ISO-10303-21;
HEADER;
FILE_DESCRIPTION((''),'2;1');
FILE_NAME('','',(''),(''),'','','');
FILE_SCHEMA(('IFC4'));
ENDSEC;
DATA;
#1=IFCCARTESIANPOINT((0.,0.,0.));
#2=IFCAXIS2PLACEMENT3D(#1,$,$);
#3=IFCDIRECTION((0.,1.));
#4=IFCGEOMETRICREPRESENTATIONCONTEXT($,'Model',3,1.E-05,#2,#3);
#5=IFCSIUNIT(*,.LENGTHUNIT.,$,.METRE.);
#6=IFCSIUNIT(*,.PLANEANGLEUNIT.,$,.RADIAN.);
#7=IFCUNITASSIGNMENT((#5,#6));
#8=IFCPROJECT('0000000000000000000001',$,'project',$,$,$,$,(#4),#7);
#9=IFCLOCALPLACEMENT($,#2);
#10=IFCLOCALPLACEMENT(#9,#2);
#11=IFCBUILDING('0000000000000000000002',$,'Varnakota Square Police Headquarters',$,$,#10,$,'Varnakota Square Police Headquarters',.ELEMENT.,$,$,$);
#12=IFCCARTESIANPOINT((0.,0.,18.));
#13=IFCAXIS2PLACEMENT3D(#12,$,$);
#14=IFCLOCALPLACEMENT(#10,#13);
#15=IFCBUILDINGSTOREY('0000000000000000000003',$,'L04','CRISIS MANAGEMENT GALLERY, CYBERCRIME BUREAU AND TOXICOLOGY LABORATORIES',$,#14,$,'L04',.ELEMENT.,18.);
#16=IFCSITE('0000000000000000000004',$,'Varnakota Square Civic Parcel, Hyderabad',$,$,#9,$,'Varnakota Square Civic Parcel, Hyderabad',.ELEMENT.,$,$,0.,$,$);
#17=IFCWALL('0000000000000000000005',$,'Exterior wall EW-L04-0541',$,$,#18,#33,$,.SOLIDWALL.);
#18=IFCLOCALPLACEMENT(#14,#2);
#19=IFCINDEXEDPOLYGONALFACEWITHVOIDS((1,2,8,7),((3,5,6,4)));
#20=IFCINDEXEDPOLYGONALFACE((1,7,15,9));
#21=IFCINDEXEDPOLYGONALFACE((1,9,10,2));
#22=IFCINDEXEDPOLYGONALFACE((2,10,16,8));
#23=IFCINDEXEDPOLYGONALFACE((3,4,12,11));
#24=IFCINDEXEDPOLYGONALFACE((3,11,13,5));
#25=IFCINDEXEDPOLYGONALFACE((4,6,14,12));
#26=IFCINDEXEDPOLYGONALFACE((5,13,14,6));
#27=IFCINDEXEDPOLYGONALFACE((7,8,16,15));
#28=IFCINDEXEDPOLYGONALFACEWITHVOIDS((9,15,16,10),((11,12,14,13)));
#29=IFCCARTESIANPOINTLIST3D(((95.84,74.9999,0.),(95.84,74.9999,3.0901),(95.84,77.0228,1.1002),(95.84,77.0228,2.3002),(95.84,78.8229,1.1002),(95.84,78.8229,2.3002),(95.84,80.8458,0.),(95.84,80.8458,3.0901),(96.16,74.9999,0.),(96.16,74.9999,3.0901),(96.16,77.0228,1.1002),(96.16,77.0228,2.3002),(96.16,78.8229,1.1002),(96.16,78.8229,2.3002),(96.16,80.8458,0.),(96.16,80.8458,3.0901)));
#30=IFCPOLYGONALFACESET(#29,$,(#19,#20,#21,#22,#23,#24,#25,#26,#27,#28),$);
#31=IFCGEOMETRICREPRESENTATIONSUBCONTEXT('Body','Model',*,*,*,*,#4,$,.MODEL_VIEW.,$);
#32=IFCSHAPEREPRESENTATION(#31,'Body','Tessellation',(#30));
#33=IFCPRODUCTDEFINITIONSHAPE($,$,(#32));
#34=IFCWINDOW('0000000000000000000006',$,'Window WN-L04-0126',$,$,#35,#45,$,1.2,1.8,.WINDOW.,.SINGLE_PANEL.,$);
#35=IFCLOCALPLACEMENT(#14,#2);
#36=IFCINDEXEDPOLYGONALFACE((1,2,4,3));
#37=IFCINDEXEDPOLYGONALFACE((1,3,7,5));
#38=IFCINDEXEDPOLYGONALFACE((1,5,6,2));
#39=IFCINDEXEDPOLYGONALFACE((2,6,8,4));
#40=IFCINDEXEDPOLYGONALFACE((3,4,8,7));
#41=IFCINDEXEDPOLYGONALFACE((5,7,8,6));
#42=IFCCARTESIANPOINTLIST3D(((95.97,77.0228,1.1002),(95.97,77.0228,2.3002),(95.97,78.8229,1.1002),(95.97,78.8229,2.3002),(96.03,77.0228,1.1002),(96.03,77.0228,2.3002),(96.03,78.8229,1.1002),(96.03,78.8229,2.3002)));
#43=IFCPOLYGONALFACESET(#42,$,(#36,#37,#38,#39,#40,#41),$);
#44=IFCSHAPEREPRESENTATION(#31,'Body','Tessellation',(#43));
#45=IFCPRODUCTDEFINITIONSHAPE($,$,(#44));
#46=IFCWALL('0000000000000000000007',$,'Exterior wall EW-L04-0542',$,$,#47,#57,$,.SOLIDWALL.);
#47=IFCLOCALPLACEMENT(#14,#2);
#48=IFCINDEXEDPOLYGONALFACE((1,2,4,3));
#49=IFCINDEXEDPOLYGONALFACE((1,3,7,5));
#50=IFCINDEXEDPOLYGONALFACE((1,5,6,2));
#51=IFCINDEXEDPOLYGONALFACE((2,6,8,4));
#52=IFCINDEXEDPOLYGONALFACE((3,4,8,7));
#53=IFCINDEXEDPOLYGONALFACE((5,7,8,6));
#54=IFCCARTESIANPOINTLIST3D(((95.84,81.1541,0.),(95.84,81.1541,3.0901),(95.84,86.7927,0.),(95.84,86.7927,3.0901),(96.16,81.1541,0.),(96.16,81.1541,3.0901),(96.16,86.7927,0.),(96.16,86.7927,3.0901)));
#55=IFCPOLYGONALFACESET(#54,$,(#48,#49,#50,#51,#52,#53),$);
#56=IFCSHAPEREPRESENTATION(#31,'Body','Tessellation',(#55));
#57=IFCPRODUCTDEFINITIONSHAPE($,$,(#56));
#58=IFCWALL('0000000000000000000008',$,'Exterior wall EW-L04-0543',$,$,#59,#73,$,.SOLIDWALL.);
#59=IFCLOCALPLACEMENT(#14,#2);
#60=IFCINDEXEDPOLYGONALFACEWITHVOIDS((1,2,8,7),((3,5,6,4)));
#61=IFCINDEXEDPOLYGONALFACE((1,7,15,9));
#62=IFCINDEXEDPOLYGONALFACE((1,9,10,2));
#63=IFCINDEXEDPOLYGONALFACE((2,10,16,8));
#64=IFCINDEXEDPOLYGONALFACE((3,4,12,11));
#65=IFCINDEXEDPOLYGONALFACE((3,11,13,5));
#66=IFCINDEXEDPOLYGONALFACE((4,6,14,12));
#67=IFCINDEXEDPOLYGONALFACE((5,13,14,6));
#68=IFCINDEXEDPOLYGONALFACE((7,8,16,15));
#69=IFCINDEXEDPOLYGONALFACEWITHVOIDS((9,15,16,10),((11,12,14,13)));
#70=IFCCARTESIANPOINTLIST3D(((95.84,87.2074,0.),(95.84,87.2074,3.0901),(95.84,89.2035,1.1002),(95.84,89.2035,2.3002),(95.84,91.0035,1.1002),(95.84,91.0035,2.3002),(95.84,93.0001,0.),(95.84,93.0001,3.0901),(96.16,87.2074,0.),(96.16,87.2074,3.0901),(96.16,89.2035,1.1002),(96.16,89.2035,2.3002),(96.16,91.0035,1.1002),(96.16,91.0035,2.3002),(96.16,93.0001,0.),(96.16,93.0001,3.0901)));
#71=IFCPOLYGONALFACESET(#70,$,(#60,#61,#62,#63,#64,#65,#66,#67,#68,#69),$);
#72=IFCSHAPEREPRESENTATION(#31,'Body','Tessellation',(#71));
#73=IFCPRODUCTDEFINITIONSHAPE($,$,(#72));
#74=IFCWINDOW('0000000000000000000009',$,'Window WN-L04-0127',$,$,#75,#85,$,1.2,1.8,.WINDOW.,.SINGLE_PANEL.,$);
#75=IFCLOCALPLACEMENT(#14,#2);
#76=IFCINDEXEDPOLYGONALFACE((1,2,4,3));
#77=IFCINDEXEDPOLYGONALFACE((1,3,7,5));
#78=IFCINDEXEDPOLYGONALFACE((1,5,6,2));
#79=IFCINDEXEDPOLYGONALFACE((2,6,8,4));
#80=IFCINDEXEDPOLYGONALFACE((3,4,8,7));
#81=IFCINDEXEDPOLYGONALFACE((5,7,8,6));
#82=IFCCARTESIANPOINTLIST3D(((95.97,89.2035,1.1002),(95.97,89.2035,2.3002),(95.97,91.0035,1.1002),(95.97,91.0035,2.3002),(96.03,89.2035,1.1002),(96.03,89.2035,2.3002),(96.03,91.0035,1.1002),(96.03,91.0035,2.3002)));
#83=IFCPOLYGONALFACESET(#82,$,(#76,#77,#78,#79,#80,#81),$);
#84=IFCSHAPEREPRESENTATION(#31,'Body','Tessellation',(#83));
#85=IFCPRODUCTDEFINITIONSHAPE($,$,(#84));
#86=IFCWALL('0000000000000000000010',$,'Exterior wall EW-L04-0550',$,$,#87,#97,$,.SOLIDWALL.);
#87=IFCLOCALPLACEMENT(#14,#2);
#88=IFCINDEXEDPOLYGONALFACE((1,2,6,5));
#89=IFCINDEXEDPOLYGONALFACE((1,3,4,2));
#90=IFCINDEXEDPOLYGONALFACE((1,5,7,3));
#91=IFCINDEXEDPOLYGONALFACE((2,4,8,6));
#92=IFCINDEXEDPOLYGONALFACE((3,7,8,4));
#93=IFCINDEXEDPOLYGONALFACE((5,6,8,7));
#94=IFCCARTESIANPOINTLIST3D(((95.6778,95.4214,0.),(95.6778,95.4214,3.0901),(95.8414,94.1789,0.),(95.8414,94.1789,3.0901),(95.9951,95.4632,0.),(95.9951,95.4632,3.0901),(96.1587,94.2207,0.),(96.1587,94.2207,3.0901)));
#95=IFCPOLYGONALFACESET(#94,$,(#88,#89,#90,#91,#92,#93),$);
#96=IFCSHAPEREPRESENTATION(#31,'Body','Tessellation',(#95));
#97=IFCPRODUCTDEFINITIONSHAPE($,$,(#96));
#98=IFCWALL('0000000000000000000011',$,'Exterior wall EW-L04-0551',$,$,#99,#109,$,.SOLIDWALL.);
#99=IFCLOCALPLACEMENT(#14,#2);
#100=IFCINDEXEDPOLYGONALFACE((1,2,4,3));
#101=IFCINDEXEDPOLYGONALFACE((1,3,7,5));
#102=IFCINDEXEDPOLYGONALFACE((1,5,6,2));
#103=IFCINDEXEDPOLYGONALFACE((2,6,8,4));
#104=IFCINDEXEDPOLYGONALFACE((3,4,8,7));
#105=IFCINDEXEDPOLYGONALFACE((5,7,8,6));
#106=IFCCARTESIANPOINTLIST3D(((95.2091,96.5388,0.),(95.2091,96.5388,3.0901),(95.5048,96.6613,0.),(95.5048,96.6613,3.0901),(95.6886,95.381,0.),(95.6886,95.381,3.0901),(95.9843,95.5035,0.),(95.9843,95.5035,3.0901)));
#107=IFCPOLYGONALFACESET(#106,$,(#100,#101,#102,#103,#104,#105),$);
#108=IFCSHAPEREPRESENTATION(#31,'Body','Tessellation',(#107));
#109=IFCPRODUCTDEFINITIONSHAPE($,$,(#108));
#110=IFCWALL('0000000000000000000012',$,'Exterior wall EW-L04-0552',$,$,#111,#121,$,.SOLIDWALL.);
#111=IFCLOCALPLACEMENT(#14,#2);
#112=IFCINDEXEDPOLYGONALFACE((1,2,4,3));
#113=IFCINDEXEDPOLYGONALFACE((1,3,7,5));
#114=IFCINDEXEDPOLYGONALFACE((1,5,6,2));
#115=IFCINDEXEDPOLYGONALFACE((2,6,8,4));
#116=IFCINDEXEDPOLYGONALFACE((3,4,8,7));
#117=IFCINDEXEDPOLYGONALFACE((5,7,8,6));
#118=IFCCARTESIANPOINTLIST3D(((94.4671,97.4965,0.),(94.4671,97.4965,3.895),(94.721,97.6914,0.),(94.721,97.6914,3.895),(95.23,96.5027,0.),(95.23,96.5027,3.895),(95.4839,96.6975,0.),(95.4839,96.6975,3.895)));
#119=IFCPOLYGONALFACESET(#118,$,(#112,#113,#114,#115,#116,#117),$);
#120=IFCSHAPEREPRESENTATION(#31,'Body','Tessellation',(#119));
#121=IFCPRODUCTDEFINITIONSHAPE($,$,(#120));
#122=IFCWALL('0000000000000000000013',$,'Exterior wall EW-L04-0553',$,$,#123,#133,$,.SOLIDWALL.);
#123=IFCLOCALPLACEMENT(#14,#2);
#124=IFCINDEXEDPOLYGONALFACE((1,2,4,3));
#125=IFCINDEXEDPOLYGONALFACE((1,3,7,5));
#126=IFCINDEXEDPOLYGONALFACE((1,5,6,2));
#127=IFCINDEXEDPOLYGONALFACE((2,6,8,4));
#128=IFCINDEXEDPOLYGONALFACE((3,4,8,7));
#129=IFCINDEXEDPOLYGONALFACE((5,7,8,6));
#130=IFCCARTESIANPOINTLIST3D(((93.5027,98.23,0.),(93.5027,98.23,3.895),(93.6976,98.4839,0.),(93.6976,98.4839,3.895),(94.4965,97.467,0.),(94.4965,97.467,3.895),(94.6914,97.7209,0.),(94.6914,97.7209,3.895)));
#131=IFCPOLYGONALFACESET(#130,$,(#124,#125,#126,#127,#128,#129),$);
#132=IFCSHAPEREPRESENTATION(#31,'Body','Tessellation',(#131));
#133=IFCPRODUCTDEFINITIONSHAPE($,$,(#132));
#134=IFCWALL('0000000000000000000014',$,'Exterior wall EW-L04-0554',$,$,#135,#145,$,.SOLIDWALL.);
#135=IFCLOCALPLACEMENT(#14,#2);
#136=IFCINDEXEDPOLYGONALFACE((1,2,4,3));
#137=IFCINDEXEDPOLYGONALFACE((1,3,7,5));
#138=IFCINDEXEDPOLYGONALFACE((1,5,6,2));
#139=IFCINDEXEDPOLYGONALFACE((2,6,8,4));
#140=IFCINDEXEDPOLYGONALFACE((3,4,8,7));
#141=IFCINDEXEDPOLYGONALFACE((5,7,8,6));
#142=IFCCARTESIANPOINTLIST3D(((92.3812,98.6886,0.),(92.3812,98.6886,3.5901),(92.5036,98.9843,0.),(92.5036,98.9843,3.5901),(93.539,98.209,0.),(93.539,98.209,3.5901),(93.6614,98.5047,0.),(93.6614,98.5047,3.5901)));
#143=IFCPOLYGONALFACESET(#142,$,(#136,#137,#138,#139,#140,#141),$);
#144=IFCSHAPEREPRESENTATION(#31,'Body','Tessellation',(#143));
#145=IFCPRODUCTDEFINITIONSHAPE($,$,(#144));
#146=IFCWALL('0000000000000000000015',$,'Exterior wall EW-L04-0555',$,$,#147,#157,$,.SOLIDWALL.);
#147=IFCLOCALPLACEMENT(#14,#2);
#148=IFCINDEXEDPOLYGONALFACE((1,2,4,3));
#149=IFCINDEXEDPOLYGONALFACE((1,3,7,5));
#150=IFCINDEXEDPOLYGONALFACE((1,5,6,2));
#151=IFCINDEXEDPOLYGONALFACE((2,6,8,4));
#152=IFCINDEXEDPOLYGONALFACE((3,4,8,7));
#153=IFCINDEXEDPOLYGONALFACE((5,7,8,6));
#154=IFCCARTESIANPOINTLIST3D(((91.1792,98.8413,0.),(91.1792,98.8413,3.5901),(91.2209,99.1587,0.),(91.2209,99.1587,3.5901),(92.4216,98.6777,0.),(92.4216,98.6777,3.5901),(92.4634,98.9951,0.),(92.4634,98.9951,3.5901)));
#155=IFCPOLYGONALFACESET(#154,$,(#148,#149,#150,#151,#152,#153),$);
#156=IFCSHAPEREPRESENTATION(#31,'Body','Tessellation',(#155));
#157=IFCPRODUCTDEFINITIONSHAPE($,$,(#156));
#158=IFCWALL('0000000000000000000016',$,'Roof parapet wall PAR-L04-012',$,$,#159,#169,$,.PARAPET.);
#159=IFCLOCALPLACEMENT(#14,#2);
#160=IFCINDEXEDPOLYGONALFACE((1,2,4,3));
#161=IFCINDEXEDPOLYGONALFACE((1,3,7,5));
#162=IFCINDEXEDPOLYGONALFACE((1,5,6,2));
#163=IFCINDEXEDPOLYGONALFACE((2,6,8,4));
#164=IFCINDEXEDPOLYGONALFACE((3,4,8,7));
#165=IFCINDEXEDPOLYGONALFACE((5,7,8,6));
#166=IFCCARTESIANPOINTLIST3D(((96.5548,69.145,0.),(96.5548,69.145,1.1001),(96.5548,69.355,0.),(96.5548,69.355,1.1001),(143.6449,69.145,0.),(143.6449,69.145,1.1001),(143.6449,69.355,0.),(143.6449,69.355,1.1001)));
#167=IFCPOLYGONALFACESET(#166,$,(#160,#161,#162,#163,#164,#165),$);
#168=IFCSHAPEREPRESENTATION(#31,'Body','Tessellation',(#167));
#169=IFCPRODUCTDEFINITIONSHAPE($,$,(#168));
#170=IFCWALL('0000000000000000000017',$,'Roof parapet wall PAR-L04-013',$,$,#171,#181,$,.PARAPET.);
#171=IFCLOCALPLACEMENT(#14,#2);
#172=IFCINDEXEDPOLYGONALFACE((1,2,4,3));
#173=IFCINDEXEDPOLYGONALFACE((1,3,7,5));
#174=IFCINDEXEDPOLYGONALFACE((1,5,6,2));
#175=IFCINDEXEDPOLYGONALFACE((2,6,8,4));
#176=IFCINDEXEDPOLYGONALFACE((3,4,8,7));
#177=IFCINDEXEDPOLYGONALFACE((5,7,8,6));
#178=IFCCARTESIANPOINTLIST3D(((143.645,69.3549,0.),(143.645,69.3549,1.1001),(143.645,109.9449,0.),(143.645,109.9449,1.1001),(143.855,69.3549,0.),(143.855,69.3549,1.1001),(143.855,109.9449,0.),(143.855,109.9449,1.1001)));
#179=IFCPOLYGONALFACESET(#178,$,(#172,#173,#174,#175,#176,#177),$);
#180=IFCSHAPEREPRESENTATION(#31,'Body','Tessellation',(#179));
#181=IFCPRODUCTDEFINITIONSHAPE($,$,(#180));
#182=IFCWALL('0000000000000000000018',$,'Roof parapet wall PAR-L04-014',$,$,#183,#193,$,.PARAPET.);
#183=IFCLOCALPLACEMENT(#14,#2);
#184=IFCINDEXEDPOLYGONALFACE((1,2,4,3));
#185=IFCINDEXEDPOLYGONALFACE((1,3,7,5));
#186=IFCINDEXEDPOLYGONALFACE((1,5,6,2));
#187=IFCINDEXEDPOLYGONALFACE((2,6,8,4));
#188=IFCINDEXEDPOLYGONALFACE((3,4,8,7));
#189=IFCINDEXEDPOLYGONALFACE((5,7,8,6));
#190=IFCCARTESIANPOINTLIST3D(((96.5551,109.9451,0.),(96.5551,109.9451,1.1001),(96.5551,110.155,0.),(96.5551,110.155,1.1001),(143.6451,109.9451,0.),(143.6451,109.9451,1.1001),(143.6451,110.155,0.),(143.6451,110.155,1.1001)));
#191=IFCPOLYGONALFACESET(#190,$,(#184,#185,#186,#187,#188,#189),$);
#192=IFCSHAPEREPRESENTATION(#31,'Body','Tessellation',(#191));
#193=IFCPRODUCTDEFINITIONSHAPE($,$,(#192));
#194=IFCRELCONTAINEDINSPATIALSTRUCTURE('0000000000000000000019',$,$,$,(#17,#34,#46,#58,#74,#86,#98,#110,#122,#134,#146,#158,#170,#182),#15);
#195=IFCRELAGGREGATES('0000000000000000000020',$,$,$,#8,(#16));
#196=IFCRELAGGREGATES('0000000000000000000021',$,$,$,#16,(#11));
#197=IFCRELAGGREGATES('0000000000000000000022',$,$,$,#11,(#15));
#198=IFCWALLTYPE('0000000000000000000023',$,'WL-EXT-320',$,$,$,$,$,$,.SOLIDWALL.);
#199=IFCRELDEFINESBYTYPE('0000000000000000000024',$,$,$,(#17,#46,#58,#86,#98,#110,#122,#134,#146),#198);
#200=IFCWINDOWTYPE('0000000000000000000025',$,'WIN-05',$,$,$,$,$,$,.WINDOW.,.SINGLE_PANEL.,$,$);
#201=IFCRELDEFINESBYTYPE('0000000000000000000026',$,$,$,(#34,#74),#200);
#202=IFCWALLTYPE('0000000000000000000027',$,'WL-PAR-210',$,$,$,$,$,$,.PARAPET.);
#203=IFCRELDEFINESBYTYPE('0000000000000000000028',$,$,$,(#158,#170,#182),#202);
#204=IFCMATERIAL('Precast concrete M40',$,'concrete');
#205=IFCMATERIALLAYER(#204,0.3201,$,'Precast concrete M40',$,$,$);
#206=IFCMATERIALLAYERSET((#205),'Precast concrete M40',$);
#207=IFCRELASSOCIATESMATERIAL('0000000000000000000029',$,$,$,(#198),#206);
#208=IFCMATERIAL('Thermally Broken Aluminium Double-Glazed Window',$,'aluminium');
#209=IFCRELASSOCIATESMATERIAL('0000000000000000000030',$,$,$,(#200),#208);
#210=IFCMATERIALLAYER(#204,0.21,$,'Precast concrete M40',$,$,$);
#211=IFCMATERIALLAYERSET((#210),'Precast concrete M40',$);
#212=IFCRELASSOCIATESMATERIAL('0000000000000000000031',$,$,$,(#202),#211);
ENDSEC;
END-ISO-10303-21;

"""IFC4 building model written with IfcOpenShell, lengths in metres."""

from ifc_helpers import new_model, si_unit, direction, frame, frame_2d, origin, place, context, subcontext, project, spatial, rectangle, extrude, material, layer, layer_set, type_object, element, fill, save


model = new_model("IFC4")

# Units and contexts
model_context = context("Model", 3, precision=1e-05, world=origin(), true_north=direction((0.0, 1.0)))
body_context = subcontext(model_context, "Body", "Model", "MODEL_VIEW")
ifc_project = project(units=[si_unit("LENGTHUNIT", "METRE"), si_unit("PLANEANGLEUNIT", "RADIAN")], contexts=[model_context])

# Site, building, storey
site_placement = place(None, origin())
site = spatial("IfcSite", under=ifc_project, at=site_placement, Name="Varnakota Square Civic Parcel, Hyderabad", LongName="Varnakota Square Civic Parcel, Hyderabad", CompositionType="ELEMENT", RefElevation=0.0)
building_placement = place(site_placement, origin())
building = spatial("IfcBuilding", under=site, at=building_placement, Name="Varnakota Square Police Headquarters", LongName="Varnakota Square Police Headquarters", CompositionType="ELEMENT")
storey_placement = place(building_placement, frame((0.0, 0.0, 18.0)))
storey = spatial("IfcBuildingStorey", under=building, at=storey_placement, Name="L04", Description="CRISIS MANAGEMENT GALLERY, CYBERCRIME BUREAU AND TOXICOLOGY LABORATORIES", LongName="L04", CompositionType="ELEMENT", Elevation=18.0)

# Wall, opening, window
ifc_material_1 = material(Name="Precast concrete M40", Category="concrete")
ifc_layer_1 = layer(ifc_material_1, 0.3201, Name="Precast concrete M40")
ifc_layer_set_1 = layer_set([ifc_layer_1], Name="Precast concrete M40")
wall_type_1 = type_object("IfcWallType", Name="WL-EXT-320", PredefinedType="SOLIDWALL", material=ifc_layer_set_1)
ifc_material_2 = material(Name="Thermally Broken Aluminium Double-Glazed Window", Category="aluminium")
window_type = type_object("IfcWindowType", Name="WIN-05", PartitioningType="SINGLE_PANEL", PredefinedType="WINDOW", material=ifc_material_2)
wall_1_placement = place(storey_placement, frame((96.0, 75.0, 0.0), z_axis=(0.0, 0.0, 1.0), x_axis=(0.0, 1.0, 0.0)))
wall_1 = element("IfcWall", 1, at=wall_1_placement, inside=storey, type_object=wall_type_1, Name="Exterior wall EW-L04-0541", PredefinedType="SOLIDWALL", context=body_context, shape_type="SweptSolid", body=[
    extrude(rectangle(XDim=5.8459, YDim=0.3201, at=frame_2d((2.9229, 0.0))), origin(), (0.0, 0.0, 1.0), 3.0901),
])
opening_1_placement = place(wall_1_placement, frame((2.0229, 0.0, 1.1001)))
opening_1 = element("IfcOpeningElement", 2, at=opening_1_placement, cuts=wall_1, PredefinedType="OPENING", context=body_context, shape_type="SweptSolid", body=[
    extrude(rectangle(XDim=1.8, YDim=1.2, at=frame_2d((0.8999, 0.6001))), frame((0.0, 0.1699, 0.0), z_axis=(0.0, -1.0, 0.0), x_axis=(1.0, 0.0, 0.0)), (0.0, 0.0, 1.0), 0.3401),
])
window_1_placement = place(opening_1_placement, origin())
window_1 = element("IfcWindow", 3, at=window_1_placement, inside=storey, type_object=window_type, Name="Window WN-L04-0126", OverallHeight=1.2, OverallWidth=1.8, PartitioningType="SINGLE_PANEL", PredefinedType="WINDOW", context=body_context, shape_type="SweptSolid", body=[
    extrude(rectangle(XDim=1.8, YDim=1.2, at=frame_2d((0.8999, 0.6001))), frame((0.0, 0.03, 0.0), z_axis=(0.0, -1.0, 0.0), x_axis=(1.0, 0.0, 0.0)), (0.0, 0.0, 1.0), 0.0601),
])
fill(opening_1, window_1)

# Wall
wall_2_placement = place(storey_placement, frame((96.0, 81.1541, 0.0), z_axis=(0.0, 0.0, 1.0), x_axis=(0.0, 1.0, 0.0)))
element("IfcWall", 4, at=wall_2_placement, inside=storey, type_object=wall_type_1, Name="Exterior wall EW-L04-0542", PredefinedType="SOLIDWALL", context=body_context, shape_type="SweptSolid", body=[
    extrude(rectangle(XDim=5.6387, YDim=0.3201, at=frame_2d((2.8193, 0.0))), origin(), (0.0, 0.0, 1.0), 3.0901),
])

# Wall, opening, window
wall_3_placement = place(storey_placement, frame((96.0, 87.2073, 0.0), z_axis=(0.0, 0.0, 1.0), x_axis=(0.0, 1.0, 0.0)))
wall_3 = element("IfcWall", 5, at=wall_3_placement, inside=storey, type_object=wall_type_1, Name="Exterior wall EW-L04-0543", PredefinedType="SOLIDWALL", context=body_context, shape_type="SweptSolid", body=[
    extrude(rectangle(XDim=5.7927, YDim=0.3201, at=frame_2d((2.8965, 0.0))), origin(), (0.0, 0.0, 1.0), 3.0901),
])
opening_2_placement = place(wall_3_placement, frame((1.9963, 0.0, 1.1001)))
opening_2 = element("IfcOpeningElement", 6, at=opening_2_placement, cuts=wall_3, PredefinedType="OPENING", context=body_context, shape_type="SweptSolid", body=[
    extrude(rectangle(XDim=1.8, YDim=1.2, at=frame_2d((0.8999, 0.6001))), frame((0.0, 0.1699, 0.0), z_axis=(0.0, -1.0, 0.0), x_axis=(1.0, 0.0, 0.0)), (0.0, 0.0, 1.0), 0.3401),
])
window_2_placement = place(opening_2_placement, origin())
window_2 = element("IfcWindow", 7, at=window_2_placement, inside=storey, type_object=window_type, Name="Window WN-L04-0127", OverallHeight=1.2, OverallWidth=1.8, PartitioningType="SINGLE_PANEL", PredefinedType="WINDOW", context=body_context, shape_type="SweptSolid", body=[
    extrude(rectangle(XDim=1.8, YDim=1.2, at=frame_2d((0.8999, 0.6001))), frame((0.0, 0.03, 0.0), z_axis=(0.0, -1.0, 0.0), x_axis=(1.0, 0.0, 0.0)), (0.0, 0.0, 1.0), 0.0601),
])
fill(opening_2, window_2)

# Walls
for number, where, z_axis, x_axis, name in (
    (8, (96.0, 94.2, 0.0), (0.0, 0.0, 1.0), (-0.13053, 0.991444, 0.0), "Exterior wall EW-L04-0550"),
    (9, (95.8364, 95.4424, 0.0), (0.0, 0.0, 1.0), (-0.38265, 0.923893, 0.0), "Exterior wall EW-L04-0551"),
):
    element("IfcWall", number, at=place(storey_placement, frame(where, z_axis=z_axis, x_axis=x_axis)), inside=storey, type_object=wall_type_1, Name=name, PredefinedType="SOLIDWALL", context=body_context, shape_type="SweptSolid", body=[
        extrude(rectangle(XDim=1.2532, YDim=0.3201, at=frame_2d((0.6265, 0.0))), origin(), (0.0, 0.0, 1.0), 3.0901),
    ])
for number, where, z_axis, x_axis, name in (
    (10, (95.3569, 96.6001, 0.0), (0.0, 0.0, 1.0), (-0.60891, 0.793239, 0.0), "Exterior wall EW-L04-0552"),
    (11, (94.594, 97.594, 0.0), (0.0, 0.0, 1.0), (-0.793239, 0.60891, 0.0), "Exterior wall EW-L04-0553"),
):
    element("IfcWall", number, at=place(storey_placement, frame(where, z_axis=z_axis, x_axis=x_axis)), inside=storey, type_object=wall_type_1, Name=name, PredefinedType="SOLIDWALL", context=body_context, shape_type="SweptSolid", body=[
        extrude(rectangle(XDim=1.2529, YDim=0.3201, at=frame_2d((0.6265, 0.0))), origin(), (0.0, 0.0, 1.0), 3.895),
    ])
for number, where, z_axis, x_axis, name in (
    (12, (93.6001, 98.3569, 0.0), (0.0, 0.0, 1.0), (-0.923893, 0.38265, 0.0), "Exterior wall EW-L04-0554"),
    (13, (92.4424, 98.8364, 0.0), (0.0, 0.0, 1.0), (-0.991444, 0.13053, 0.0), "Exterior wall EW-L04-0555"),
):
    element("IfcWall", number, at=place(storey_placement, frame(where, z_axis=z_axis, x_axis=x_axis)), inside=storey, type_object=wall_type_1, Name=name, PredefinedType="SOLIDWALL", context=body_context, shape_type="SweptSolid", body=[
        extrude(rectangle(XDim=1.2532, YDim=0.3201, at=frame_2d((0.6265, 0.0))), origin(), (0.0, 0.0, 1.0), 3.5901),
    ])
ifc_layer_2 = layer(ifc_material_1, 0.21, Name="Precast concrete M40")
ifc_layer_set_2 = layer_set([ifc_layer_2], Name="Precast concrete M40")
wall_type_2 = type_object("IfcWallType", Name="WL-PAR-210", PredefinedType="PARAPET", material=ifc_layer_set_2)
wall_4_placement = place(storey_placement, frame((96.5549, 69.25, 0.0), z_axis=(0.0, 0.0, 1.0), x_axis=(1.0, 0.0, 0.0)))
element("IfcWall", 14, at=wall_4_placement, inside=storey, type_object=wall_type_2, Name="Roof parapet wall PAR-L04-012", PredefinedType="PARAPET", context=body_context, shape_type="SweptSolid", body=[
    extrude(rectangle(XDim=47.0901, YDim=0.21, at=frame_2d((23.5449, 0.0))), origin(), (0.0, 0.0, 1.0), 1.1001),
])
wall_5_placement = place(storey_placement, frame((143.75, 69.355, 0.0), z_axis=(0.0, 0.0, 1.0), x_axis=(0.0, 1.0, 0.0)))
element("IfcWall", 15, at=wall_5_placement, inside=storey, type_object=wall_type_2, Name="Roof parapet wall PAR-L04-013", PredefinedType="PARAPET", context=body_context, shape_type="SweptSolid", body=[
    extrude(rectangle(XDim=40.5901, YDim=0.21, at=frame_2d((20.2949, 0.0))), origin(), (0.0, 0.0, 1.0), 1.1001),
])
wall_6_placement = place(storey_placement, frame((143.645, 110.05, 0.0), z_axis=(0.0, 0.0, 1.0), x_axis=(-1.0, 0.0, 0.0)))
element("IfcWall", 16, at=wall_6_placement, inside=storey, type_object=wall_type_2, Name="Roof parapet wall PAR-L04-014", PredefinedType="PARAPET", context=body_context, shape_type="SweptSolid", body=[
    extrude(rectangle(XDim=47.0901, YDim=0.21, at=frame_2d((23.5449, 0.0))), origin(), (0.0, 0.0, 1.0), 1.1001),
])

save(model, "model.ifc")
